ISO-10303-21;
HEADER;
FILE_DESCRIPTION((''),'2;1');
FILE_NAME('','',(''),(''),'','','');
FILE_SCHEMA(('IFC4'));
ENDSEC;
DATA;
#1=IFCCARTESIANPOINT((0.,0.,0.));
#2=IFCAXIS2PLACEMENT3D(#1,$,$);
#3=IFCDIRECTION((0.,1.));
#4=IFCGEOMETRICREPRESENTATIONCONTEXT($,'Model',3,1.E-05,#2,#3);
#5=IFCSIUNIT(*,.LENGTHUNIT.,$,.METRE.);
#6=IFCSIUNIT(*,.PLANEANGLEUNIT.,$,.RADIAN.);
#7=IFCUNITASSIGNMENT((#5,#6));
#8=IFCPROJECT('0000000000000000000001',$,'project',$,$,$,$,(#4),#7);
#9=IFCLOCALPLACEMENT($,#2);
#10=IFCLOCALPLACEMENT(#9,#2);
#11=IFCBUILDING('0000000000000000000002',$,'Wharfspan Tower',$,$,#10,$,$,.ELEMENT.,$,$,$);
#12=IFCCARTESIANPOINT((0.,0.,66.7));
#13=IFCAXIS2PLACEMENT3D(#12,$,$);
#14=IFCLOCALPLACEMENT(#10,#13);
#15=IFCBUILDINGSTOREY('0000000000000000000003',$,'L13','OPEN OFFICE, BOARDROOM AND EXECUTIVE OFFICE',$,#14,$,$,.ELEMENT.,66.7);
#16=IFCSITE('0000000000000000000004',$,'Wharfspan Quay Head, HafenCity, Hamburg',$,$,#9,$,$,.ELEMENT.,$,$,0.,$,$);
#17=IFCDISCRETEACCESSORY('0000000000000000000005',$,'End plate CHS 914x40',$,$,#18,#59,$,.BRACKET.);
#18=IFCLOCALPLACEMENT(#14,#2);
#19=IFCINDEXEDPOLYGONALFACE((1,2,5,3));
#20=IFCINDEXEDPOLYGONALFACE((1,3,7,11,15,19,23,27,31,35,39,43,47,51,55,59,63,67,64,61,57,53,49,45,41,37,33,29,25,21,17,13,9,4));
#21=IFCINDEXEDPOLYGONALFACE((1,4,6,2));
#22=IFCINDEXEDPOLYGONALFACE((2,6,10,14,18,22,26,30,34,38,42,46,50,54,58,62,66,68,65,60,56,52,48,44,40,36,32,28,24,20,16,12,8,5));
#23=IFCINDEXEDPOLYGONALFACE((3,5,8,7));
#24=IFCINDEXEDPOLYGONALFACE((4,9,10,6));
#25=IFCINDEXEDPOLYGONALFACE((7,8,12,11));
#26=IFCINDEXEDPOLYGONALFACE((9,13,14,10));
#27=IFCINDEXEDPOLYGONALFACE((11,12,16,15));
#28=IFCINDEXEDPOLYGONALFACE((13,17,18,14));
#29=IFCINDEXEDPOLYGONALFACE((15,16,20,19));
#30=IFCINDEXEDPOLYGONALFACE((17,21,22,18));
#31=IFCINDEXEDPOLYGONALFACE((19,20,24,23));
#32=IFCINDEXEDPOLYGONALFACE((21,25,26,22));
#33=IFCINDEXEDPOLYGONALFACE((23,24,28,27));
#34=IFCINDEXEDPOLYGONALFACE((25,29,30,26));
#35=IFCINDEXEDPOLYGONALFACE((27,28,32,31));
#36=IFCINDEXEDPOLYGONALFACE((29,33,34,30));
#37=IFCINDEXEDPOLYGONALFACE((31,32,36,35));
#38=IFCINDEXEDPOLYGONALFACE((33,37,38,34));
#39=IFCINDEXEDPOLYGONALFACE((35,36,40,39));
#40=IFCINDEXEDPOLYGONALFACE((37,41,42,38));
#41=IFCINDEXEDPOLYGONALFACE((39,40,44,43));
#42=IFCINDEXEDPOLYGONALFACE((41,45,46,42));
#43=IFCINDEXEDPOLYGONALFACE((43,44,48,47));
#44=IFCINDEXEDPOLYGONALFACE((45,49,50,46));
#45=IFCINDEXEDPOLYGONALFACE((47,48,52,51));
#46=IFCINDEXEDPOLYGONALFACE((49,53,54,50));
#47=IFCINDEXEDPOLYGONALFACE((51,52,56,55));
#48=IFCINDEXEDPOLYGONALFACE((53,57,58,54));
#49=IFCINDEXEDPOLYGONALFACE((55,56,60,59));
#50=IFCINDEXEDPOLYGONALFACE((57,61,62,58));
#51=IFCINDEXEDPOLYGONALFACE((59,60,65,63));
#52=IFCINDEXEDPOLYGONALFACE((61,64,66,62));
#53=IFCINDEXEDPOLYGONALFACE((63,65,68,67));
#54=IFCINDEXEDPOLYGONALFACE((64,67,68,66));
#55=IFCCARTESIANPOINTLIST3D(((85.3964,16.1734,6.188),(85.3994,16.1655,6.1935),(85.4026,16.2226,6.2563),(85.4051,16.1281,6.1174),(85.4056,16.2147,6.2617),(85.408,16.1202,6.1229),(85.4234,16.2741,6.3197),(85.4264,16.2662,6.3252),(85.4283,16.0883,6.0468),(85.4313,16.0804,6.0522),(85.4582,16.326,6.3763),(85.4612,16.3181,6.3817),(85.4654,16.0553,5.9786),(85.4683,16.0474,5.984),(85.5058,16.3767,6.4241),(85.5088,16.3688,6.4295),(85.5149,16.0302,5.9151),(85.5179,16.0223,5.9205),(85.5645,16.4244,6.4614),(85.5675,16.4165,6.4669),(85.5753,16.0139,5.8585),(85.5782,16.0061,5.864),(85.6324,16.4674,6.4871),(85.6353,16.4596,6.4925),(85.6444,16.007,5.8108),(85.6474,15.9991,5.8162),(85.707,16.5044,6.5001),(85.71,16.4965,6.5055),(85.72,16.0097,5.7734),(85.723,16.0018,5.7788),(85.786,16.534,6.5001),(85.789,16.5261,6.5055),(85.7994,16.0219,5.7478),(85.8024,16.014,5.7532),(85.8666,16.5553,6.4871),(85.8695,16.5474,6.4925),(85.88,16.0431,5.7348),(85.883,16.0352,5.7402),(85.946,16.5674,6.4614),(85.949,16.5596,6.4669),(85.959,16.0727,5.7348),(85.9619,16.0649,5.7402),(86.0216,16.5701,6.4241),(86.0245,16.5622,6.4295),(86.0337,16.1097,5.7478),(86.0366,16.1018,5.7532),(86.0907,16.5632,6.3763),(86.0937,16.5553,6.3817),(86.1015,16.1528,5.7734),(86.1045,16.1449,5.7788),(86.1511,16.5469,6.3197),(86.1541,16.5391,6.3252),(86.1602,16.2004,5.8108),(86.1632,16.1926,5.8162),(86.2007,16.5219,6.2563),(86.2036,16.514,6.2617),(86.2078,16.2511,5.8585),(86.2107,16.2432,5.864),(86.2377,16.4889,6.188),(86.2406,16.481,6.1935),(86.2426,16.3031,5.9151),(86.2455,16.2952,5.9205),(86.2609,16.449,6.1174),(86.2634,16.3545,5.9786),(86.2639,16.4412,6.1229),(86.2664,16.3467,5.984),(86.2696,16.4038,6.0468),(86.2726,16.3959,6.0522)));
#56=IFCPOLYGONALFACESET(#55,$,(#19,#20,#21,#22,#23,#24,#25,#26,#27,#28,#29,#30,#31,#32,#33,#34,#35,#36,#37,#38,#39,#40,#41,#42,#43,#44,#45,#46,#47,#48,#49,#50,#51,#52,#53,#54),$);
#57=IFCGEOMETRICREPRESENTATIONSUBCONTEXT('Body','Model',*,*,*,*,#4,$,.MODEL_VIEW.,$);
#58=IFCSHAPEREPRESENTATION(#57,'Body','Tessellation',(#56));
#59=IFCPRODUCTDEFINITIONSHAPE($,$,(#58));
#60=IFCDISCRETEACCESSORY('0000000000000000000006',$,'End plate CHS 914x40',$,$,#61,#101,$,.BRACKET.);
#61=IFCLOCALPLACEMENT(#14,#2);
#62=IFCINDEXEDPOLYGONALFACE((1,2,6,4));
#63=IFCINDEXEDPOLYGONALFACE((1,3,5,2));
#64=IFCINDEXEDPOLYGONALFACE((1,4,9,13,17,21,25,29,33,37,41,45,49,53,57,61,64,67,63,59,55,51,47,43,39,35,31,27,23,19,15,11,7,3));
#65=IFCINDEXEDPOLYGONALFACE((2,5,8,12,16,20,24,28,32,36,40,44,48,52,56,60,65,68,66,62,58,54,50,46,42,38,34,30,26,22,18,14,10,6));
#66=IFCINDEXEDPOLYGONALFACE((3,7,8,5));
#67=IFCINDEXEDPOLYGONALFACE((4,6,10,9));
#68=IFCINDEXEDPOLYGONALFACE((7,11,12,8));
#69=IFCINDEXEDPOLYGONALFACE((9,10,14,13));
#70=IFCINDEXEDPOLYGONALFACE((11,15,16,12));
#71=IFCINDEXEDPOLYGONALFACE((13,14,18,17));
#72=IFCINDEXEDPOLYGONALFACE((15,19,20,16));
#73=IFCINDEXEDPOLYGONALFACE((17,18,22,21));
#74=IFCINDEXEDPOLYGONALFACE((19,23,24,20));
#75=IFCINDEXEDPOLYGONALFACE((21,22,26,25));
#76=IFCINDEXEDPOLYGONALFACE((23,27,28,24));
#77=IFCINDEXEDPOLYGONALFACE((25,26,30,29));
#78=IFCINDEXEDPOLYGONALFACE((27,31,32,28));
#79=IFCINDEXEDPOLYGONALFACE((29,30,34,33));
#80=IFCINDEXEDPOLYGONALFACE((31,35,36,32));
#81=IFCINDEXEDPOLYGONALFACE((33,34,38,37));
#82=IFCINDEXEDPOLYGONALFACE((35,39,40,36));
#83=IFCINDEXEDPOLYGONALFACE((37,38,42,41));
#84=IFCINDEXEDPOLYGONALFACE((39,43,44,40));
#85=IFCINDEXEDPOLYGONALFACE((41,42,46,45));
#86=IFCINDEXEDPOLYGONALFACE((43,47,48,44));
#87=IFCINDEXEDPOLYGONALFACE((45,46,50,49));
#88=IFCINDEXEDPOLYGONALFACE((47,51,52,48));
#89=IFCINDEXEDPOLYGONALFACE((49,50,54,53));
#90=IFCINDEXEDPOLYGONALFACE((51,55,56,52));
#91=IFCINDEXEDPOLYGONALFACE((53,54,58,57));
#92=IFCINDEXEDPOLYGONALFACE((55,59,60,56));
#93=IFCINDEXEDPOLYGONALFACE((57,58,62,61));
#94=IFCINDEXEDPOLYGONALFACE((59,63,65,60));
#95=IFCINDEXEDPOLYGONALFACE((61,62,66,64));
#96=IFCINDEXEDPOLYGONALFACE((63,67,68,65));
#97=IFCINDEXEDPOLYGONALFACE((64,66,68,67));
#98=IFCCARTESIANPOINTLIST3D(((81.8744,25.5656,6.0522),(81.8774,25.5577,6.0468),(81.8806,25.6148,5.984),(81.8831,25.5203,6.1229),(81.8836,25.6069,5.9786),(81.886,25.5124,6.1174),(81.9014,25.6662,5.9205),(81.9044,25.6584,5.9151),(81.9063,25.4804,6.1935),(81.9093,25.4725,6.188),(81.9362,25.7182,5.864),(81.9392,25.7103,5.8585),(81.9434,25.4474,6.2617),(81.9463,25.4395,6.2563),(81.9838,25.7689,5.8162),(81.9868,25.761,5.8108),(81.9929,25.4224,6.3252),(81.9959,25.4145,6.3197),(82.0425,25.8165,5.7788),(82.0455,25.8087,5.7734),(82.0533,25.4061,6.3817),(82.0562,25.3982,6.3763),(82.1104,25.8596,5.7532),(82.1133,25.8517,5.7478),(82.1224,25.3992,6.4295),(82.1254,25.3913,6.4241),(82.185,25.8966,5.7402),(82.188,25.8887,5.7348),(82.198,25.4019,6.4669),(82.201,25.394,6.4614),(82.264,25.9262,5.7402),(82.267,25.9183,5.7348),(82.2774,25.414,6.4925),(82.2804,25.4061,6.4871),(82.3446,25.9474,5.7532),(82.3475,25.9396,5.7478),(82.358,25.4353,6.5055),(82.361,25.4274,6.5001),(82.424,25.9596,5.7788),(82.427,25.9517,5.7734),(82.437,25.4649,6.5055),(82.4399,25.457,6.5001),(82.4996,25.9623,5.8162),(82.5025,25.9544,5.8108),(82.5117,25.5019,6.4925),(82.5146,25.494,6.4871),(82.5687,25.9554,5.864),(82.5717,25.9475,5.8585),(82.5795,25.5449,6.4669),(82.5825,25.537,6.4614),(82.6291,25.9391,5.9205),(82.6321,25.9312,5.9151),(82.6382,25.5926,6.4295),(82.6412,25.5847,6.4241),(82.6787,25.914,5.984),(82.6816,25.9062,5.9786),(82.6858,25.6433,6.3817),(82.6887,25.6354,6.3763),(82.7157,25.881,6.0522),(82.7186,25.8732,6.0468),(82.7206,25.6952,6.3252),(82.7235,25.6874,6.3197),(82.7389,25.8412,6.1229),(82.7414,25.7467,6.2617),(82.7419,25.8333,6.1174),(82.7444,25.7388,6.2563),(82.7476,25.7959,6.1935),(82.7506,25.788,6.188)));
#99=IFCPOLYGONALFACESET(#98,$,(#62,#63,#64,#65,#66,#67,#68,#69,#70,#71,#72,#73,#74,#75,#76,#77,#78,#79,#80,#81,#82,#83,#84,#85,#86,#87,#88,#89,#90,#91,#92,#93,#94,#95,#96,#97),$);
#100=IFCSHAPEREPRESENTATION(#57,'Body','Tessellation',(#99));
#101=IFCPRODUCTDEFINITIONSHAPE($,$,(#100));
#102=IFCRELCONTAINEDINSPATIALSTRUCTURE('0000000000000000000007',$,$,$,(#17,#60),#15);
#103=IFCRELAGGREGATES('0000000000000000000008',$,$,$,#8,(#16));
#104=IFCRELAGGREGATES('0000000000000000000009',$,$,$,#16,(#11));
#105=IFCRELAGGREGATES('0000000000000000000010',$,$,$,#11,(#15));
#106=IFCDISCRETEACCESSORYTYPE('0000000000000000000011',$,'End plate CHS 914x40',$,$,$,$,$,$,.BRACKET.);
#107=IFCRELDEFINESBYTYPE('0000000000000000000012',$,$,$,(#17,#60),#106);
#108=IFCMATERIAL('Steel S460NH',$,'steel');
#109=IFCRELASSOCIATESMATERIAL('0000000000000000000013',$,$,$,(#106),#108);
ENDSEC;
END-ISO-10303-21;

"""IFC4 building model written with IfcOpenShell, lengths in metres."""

from ifc_helpers import new_model, si_unit, direction, frame, origin, origin_2d, place, context, subcontext, project, spatial, circle, extrude, material, material_profile, profile_set, type_object, element, save


model = new_model("IFC4")

# Units and contexts
model_context = context("Model", 3, precision=1e-05, world=origin(), true_north=direction((0.0, 1.0)))
body_context = subcontext(model_context, "Body", "Model", "MODEL_VIEW")
ifc_project = project(units=[si_unit("LENGTHUNIT", "METRE"), si_unit("PLANEANGLEUNIT", "RADIAN")], contexts=[model_context])

# Site, building, storey
site_placement = place(None, origin())
site = spatial("IfcSite", under=ifc_project, at=site_placement, Name="Wharfspan Quay Head, HafenCity, Hamburg", CompositionType="ELEMENT", RefElevation=0.0)
building_placement = place(site_placement, origin())
building = spatial("IfcBuilding", under=site, at=building_placement, Name="Wharfspan Tower", CompositionType="ELEMENT")
storey_placement = place(building_placement, frame((0.0, 0.0, 66.7)))
storey = spatial("IfcBuildingStorey", under=building, at=storey_placement, Name="L13", Description="OPEN OFFICE, BOARDROOM AND EXECUTIVE OFFICE", CompositionType="ELEMENT", Elevation=66.7)

# Shared definitions
ifc_material_1 = material(Name="Steel S460NH", Category="steel")

# Discrete accessories
ifc_material_profile_1 = material_profile(ifc_material_1, circle(Radius=0.457, at=origin_2d()))
ifc_profile_set_1 = profile_set([ifc_material_profile_1], Name="Steel S460NH")
discrete_accessory_type = type_object("IfcDiscreteAccessoryType", Name="End plate CHS 914x40", PredefinedType="BRACKET", material=ifc_profile_set_1)
for number, where, z_axis, x_axis, name in (
    (1, (85.833, 16.2886, 6.1174), (0.295241, -0.787309, 0.541275), (0.936333, 0.351125, 0.0), "End plate CHS 914x40"),
    (2, (82.314, 25.6729, 6.1174), (-0.295241, 0.787309, 0.541275), (-0.936333, -0.351125, 0.0), "End plate CHS 914x40"),
):
    element("IfcDiscreteAccessory", number, at=place(storey_placement, frame(where, z_axis=z_axis, x_axis=x_axis)), inside=storey, type_object=discrete_accessory_type, Name=name, PredefinedType="BRACKET", context=body_context, shape_type="SweptSolid", body=[
        extrude(circle(Radius=0.457, at=origin_2d()), origin(), (0.0, 0.0, 1.0), 0.01),
    ])

save(model, "model.ifc")
